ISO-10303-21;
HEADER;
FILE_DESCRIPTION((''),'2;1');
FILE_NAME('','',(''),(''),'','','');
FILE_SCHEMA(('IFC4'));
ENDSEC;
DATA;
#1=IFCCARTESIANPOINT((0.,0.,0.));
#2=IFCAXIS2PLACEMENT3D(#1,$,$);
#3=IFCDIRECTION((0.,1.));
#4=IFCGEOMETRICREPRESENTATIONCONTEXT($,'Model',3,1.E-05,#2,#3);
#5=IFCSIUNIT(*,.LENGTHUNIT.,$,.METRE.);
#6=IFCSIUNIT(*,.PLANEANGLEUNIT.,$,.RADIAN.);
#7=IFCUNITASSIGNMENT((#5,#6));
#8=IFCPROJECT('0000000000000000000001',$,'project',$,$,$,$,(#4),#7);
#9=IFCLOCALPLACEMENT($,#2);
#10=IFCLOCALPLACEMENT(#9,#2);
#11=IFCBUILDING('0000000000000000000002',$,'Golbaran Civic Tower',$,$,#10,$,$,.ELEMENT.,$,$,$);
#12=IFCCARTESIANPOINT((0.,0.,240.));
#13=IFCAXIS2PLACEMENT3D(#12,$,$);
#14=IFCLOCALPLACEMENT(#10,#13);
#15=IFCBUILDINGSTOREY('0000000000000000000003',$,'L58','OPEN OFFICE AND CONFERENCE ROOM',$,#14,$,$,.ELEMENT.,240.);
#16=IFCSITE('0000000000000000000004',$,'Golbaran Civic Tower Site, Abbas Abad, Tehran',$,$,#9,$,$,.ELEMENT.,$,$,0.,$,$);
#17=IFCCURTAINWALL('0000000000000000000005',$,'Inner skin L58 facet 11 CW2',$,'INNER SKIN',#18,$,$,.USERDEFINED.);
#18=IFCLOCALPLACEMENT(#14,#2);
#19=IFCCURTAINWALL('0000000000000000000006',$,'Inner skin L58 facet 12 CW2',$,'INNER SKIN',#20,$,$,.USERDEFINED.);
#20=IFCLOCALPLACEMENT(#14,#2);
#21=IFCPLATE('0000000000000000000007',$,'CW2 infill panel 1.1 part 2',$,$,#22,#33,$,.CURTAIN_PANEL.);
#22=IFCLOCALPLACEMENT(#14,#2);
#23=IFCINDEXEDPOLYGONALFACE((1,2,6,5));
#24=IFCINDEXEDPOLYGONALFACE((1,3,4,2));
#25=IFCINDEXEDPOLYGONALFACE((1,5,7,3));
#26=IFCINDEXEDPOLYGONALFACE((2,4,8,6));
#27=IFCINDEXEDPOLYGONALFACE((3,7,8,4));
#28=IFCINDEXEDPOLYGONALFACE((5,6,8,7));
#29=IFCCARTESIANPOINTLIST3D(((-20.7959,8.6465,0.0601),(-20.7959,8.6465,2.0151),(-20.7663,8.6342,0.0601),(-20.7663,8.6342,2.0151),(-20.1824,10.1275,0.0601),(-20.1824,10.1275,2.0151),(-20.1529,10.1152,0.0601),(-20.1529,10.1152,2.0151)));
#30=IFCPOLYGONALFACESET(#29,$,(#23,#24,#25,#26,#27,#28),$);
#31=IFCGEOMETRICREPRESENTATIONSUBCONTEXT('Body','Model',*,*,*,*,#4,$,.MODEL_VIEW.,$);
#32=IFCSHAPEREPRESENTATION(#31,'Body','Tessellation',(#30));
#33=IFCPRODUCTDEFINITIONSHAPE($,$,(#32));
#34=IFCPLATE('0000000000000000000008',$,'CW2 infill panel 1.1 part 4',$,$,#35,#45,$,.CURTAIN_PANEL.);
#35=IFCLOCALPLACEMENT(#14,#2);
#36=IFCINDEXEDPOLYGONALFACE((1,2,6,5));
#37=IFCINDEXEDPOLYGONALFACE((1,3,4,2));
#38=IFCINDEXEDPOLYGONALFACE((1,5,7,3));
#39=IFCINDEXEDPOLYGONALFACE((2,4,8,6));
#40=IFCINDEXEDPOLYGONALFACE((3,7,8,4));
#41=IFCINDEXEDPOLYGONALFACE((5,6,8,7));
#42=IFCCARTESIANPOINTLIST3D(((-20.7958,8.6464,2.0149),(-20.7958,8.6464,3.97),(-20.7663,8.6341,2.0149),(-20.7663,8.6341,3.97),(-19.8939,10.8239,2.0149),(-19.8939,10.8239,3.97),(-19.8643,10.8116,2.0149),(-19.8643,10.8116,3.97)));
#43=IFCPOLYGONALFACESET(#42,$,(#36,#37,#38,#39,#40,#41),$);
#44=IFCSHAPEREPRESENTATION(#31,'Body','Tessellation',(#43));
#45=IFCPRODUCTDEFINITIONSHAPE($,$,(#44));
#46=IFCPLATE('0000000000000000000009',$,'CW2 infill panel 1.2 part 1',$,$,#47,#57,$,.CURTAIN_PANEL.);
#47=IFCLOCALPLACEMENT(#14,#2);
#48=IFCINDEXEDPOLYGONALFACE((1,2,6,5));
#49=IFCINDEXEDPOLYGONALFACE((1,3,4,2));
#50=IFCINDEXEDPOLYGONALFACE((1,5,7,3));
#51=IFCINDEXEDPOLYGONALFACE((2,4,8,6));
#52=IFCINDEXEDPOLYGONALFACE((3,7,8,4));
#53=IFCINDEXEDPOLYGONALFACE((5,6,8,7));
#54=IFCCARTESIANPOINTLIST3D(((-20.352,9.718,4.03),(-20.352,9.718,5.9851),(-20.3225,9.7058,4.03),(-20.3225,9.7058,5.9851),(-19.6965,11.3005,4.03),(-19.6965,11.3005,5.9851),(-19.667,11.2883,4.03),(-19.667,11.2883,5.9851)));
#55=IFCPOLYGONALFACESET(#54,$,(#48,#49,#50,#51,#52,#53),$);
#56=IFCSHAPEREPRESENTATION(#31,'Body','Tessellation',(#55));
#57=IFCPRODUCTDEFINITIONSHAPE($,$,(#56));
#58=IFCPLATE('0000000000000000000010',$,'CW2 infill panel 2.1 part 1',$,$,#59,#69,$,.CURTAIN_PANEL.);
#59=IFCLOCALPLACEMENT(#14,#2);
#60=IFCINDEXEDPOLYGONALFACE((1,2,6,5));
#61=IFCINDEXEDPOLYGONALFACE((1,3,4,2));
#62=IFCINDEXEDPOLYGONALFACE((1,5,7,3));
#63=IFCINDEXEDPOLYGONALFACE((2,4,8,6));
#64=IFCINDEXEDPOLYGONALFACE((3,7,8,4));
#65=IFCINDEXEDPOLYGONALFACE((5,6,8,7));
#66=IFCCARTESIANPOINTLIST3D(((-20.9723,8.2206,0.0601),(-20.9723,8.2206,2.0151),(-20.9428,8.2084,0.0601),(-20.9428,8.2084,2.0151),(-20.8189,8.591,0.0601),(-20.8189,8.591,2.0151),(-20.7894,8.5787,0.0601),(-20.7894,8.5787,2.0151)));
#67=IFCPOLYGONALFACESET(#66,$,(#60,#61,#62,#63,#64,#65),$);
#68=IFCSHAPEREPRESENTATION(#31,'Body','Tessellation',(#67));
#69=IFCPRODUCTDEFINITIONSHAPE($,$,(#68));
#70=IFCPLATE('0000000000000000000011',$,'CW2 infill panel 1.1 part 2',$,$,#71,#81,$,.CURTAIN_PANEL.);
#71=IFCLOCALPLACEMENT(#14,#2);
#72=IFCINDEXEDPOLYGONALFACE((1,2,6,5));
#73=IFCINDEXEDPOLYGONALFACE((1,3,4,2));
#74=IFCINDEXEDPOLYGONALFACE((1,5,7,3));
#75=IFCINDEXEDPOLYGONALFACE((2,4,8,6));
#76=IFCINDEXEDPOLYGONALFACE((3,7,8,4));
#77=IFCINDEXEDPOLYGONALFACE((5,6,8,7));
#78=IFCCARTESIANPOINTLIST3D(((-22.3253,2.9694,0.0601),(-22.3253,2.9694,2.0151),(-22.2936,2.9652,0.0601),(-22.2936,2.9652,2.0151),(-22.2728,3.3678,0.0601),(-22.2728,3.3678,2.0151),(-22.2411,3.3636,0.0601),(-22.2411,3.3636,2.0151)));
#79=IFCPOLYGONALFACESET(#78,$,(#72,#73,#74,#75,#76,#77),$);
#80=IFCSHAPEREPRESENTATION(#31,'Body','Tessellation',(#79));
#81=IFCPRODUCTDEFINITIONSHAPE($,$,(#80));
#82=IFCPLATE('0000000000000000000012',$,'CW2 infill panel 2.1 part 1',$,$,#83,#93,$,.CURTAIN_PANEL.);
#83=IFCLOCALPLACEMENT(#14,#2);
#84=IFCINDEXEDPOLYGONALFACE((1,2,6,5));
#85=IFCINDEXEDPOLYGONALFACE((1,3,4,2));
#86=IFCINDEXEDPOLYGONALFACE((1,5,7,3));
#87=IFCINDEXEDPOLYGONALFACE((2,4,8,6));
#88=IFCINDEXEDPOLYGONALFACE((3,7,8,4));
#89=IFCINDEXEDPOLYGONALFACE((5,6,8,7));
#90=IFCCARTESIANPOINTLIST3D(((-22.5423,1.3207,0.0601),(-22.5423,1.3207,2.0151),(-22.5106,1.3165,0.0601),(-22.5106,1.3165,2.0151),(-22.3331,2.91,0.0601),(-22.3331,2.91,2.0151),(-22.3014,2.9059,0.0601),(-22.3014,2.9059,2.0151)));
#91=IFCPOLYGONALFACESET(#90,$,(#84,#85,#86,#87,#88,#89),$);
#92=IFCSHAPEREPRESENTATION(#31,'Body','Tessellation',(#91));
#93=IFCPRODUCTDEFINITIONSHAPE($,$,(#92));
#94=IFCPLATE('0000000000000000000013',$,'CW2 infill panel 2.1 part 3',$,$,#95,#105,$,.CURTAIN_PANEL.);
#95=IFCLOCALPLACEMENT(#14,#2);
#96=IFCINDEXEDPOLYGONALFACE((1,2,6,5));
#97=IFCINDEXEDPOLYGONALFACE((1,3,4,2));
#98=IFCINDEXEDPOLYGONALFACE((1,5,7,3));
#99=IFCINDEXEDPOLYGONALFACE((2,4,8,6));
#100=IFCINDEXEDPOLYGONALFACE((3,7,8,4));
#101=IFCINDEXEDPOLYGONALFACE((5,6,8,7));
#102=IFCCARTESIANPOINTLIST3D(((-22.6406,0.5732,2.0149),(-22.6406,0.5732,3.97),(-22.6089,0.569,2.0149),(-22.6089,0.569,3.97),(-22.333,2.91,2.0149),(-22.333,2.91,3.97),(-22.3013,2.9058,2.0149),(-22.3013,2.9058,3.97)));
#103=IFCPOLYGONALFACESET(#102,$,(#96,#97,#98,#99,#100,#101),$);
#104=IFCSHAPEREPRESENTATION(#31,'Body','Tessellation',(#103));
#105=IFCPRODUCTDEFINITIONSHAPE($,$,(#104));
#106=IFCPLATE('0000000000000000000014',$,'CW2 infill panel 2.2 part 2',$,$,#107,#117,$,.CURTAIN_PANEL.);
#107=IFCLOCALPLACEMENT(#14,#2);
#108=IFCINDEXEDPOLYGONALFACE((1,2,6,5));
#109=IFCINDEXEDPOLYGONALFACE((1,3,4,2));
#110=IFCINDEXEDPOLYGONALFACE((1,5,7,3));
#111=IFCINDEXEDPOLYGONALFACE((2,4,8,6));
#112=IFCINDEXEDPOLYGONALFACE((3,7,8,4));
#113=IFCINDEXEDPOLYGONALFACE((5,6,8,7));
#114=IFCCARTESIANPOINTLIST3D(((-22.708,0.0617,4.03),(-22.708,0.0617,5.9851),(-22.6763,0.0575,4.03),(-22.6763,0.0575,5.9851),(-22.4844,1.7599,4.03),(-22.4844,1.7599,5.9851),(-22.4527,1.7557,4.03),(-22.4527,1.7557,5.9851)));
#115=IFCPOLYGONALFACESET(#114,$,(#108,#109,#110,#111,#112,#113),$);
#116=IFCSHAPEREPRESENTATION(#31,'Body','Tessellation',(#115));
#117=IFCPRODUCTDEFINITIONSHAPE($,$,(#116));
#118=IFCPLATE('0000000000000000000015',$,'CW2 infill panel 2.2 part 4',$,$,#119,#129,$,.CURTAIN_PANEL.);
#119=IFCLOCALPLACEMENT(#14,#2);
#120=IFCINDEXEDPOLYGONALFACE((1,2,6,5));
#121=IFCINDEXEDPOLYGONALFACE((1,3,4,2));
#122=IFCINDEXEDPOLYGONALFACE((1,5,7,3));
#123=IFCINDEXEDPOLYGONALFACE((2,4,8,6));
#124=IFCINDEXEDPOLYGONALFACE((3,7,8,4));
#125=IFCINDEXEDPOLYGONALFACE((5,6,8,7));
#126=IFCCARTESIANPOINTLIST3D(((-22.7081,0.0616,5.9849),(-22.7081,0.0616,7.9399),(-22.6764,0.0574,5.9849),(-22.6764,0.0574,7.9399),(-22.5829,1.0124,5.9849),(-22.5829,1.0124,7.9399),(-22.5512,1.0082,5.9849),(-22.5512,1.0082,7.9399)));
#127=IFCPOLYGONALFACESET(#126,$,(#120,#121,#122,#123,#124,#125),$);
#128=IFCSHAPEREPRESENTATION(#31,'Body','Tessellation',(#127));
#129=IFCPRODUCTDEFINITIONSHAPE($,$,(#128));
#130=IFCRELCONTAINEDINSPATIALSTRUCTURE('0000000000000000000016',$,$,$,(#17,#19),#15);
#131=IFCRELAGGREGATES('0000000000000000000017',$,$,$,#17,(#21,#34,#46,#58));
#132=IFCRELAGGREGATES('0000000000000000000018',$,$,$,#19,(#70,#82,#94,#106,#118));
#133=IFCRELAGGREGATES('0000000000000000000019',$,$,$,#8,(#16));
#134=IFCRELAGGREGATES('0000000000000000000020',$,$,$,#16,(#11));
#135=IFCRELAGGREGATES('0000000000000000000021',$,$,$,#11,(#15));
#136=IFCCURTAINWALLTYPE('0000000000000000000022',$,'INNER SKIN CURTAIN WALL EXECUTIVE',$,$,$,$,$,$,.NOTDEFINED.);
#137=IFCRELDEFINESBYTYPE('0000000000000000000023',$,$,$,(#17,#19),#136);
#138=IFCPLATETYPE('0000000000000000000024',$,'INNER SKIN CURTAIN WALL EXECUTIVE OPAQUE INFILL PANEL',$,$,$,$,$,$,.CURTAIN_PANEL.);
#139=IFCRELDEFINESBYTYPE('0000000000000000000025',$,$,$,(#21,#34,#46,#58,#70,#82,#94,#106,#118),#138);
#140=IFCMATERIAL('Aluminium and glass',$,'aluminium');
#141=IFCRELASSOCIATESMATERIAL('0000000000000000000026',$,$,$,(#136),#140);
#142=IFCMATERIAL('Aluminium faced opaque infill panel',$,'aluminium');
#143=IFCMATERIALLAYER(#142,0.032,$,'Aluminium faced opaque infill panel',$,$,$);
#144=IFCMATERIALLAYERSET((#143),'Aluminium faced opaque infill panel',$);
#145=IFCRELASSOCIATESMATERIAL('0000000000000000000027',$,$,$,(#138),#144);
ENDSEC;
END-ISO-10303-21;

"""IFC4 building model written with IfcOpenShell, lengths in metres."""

from ifc_helpers import new_model, si_unit, direction, frame, origin, origin_2d, place, context, subcontext, project, spatial, rectangle, extrude, material, layer, layer_set, type_object, element, aggregate, save


model = new_model("IFC4")

# Units and contexts
model_context = context("Model", 3, precision=1e-05, world=origin(), true_north=direction((0.0, 1.0)))
body_context = subcontext(model_context, "Body", "Model", "MODEL_VIEW")
ifc_project = project(units=[si_unit("LENGTHUNIT", "METRE"), si_unit("PLANEANGLEUNIT", "RADIAN")], contexts=[model_context])

# Site, building, storey
site_placement = place(None, origin())
site = spatial("IfcSite", under=ifc_project, at=site_placement, Name="Golbaran Civic Tower Site, Abbas Abad, Tehran", CompositionType="ELEMENT", RefElevation=0.0)
building_placement = place(site_placement, origin())
building = spatial("IfcBuilding", under=site, at=building_placement, Name="Golbaran Civic Tower", CompositionType="ELEMENT")
storey_placement = place(building_placement, frame((0.0, 0.0, 240.0)))
storey = spatial("IfcBuildingStorey", under=building, at=storey_placement, Name="L58", Description="OPEN OFFICE AND CONFERENCE ROOM", CompositionType="ELEMENT", Elevation=240.0)

# Curtain walls
ifc_material_1 = material(Name="Aluminium and glass", Category="aluminium")
curtain_wall_type = type_object("IfcCurtainWallType", Name="INNER SKIN CURTAIN WALL EXECUTIVE", PredefinedType="NOTDEFINED", material=ifc_material_1)
curtain_wall_1_placement = place(storey_placement, origin())
curtain_wall_1 = element("IfcCurtainWall", 1, at=curtain_wall_1_placement, inside=storey, type_object=curtain_wall_type, Name="Inner skin L58 facet 11 CW2", ObjectType="INNER SKIN", PredefinedType="USERDEFINED")
curtain_wall_2_placement = place(storey_placement, origin())
curtain_wall_2 = element("IfcCurtainWall", 2, at=curtain_wall_2_placement, inside=storey, type_object=curtain_wall_type, Name="Inner skin L58 facet 12 CW2", ObjectType="INNER SKIN", PredefinedType="USERDEFINED")

# Plates
ifc_material_2 = material(Name="Aluminium faced opaque infill panel", Category="aluminium")
ifc_layer_1 = layer(ifc_material_2, 0.032, Name="Aluminium faced opaque infill panel")
ifc_layer_set_1 = layer_set([ifc_layer_1], Name="Aluminium faced opaque infill panel")
plate_type_1 = type_object("IfcPlateType", Name="INNER SKIN CURTAIN WALL EXECUTIVE OPAQUE INFILL PANEL", PredefinedType="CURTAIN_PANEL", material=ifc_layer_set_1)
plate_1_placement = place(storey_placement, frame((-20.4744, 9.3809, 0.0601), z_axis=(0.0, 0.0, 1.0), x_axis=(-0.382683, -0.92388, 0.0)))
plate_1 = element("IfcPlate", 3, at=plate_1_placement, type_object=plate_type_1, Name="CW2 infill panel 1.1 part 2", PredefinedType="CURTAIN_PANEL", context=body_context, shape_type="SweptSolid", body=[
    extrude(rectangle(XDim=1.603, YDim=0.032, at=origin_2d()), origin(), (0.0, 0.0, 1.0), 1.9551),
])
plate_2_placement = place(storey_placement, frame((-20.3301, 9.729, 2.0149), z_axis=(0.0, 0.0, 1.0), x_axis=(-0.382683, -0.92388, 0.0)))
plate_2 = element("IfcPlate", 4, at=plate_2_placement, type_object=plate_type_1, Name="CW2 infill panel 1.1 part 4", PredefinedType="CURTAIN_PANEL", context=body_context, shape_type="SweptSolid", body=[
    extrude(rectangle(XDim=2.3569, YDim=0.032, at=origin_2d()), origin(), (0.0, 0.0, 1.0), 1.9551),
])
plate_3_placement = place(storey_placement, frame((-20.0095, 10.5032, 4.03), z_axis=(0.0, 0.0, 1.0), x_axis=(-0.382683, -0.92388, 0.0)))
plate_3 = element("IfcPlate", 5, at=plate_3_placement, type_object=plate_type_1, Name="CW2 infill panel 1.2 part 1", PredefinedType="CURTAIN_PANEL", context=body_context, shape_type="SweptSolid", body=[
    extrude(rectangle(XDim=1.7129, YDim=0.032, at=origin_2d()), origin(), (0.0, 0.0, 1.0), 1.9551),
])
plate_4_placement = place(storey_placement, frame((-20.8809, 8.3997, 0.0601), z_axis=(0.0, 0.0, 1.0), x_axis=(-0.382683, -0.92388, 0.0)))
plate_4 = element("IfcPlate", 6, at=plate_4_placement, type_object=plate_type_1, Name="CW2 infill panel 2.1 part 1", PredefinedType="CURTAIN_PANEL", context=body_context, shape_type="SweptSolid", body=[
    extrude(rectangle(XDim=0.4009, YDim=0.032, at=origin_2d()), origin(), (0.0, 0.0, 1.0), 1.9551),
])
aggregate(curtain_wall_1, [plate_1, plate_2, plate_3, plate_4])
plate_5_placement = place(storey_placement, frame((-22.2832, 3.1665, 0.0601), z_axis=(0.0, 0.0, 1.0), x_axis=(-0.130526, -0.991445, 0.0)))
plate_5 = element("IfcPlate", 7, at=plate_5_placement, type_object=plate_type_1, Name="CW2 infill panel 1.1 part 2", PredefinedType="CURTAIN_PANEL", context=body_context, shape_type="SweptSolid", body=[
    extrude(rectangle(XDim=0.4019, YDim=0.032, at=origin_2d()), origin(), (0.0, 0.0, 1.0), 1.9551),
])
plate_6_placement = place(storey_placement, frame((-22.4219, 2.1133, 0.0601), z_axis=(0.0, 0.0, 1.0), x_axis=(-0.130526, -0.991445, 0.0)))
plate_6 = element("IfcPlate", 8, at=plate_6_placement, type_object=plate_type_1, Name="CW2 infill panel 2.1 part 1", PredefinedType="CURTAIN_PANEL", context=body_context, shape_type="SweptSolid", body=[
    extrude(rectangle(XDim=1.603, YDim=0.032, at=origin_2d()), origin(), (0.0, 0.0, 1.0), 1.9551),
])
plate_7_placement = place(storey_placement, frame((-22.4709, 1.7395, 2.0149), z_axis=(0.0, 0.0, 1.0), x_axis=(-0.130526, -0.991445, 0.0)))
plate_7 = element("IfcPlate", 9, at=plate_7_placement, type_object=plate_type_1, Name="CW2 infill panel 2.1 part 3", PredefinedType="CURTAIN_PANEL", context=body_context, shape_type="SweptSolid", body=[
    extrude(rectangle(XDim=2.3569, YDim=0.032, at=origin_2d()), origin(), (0.0, 0.0, 1.0), 1.9551),
])
plate_8_placement = place(storey_placement, frame((-22.5803, 0.9087, 4.03), z_axis=(0.0, 0.0, 1.0), x_axis=(-0.130526, -0.991445, 0.0)))
plate_8 = element("IfcPlate", 10, at=plate_8_placement, type_object=plate_type_1, Name="CW2 infill panel 2.2 part 2", PredefinedType="CURTAIN_PANEL", context=body_context, shape_type="SweptSolid", body=[
    extrude(rectangle(XDim=1.7129, YDim=0.032, at=origin_2d()), origin(), (0.0, 0.0, 1.0), 1.9551),
])
plate_9_placement = place(storey_placement, frame((-22.6296, 0.5349, 5.9849), z_axis=(0.0, 0.0, 1.0), x_axis=(-0.130526, -0.991445, 0.0)))
plate_9 = element("IfcPlate", 11, at=plate_9_placement, type_object=plate_type_1, Name="CW2 infill panel 2.2 part 4", PredefinedType="CURTAIN_PANEL", context=body_context, shape_type="SweptSolid", body=[
    extrude(rectangle(XDim=0.959, YDim=0.032, at=origin_2d()), origin(), (0.0, 0.0, 1.0), 1.9551),
])
aggregate(curtain_wall_2, [plate_5, plate_6, plate_7, plate_8, plate_9])

save(model, "model.ifc")
